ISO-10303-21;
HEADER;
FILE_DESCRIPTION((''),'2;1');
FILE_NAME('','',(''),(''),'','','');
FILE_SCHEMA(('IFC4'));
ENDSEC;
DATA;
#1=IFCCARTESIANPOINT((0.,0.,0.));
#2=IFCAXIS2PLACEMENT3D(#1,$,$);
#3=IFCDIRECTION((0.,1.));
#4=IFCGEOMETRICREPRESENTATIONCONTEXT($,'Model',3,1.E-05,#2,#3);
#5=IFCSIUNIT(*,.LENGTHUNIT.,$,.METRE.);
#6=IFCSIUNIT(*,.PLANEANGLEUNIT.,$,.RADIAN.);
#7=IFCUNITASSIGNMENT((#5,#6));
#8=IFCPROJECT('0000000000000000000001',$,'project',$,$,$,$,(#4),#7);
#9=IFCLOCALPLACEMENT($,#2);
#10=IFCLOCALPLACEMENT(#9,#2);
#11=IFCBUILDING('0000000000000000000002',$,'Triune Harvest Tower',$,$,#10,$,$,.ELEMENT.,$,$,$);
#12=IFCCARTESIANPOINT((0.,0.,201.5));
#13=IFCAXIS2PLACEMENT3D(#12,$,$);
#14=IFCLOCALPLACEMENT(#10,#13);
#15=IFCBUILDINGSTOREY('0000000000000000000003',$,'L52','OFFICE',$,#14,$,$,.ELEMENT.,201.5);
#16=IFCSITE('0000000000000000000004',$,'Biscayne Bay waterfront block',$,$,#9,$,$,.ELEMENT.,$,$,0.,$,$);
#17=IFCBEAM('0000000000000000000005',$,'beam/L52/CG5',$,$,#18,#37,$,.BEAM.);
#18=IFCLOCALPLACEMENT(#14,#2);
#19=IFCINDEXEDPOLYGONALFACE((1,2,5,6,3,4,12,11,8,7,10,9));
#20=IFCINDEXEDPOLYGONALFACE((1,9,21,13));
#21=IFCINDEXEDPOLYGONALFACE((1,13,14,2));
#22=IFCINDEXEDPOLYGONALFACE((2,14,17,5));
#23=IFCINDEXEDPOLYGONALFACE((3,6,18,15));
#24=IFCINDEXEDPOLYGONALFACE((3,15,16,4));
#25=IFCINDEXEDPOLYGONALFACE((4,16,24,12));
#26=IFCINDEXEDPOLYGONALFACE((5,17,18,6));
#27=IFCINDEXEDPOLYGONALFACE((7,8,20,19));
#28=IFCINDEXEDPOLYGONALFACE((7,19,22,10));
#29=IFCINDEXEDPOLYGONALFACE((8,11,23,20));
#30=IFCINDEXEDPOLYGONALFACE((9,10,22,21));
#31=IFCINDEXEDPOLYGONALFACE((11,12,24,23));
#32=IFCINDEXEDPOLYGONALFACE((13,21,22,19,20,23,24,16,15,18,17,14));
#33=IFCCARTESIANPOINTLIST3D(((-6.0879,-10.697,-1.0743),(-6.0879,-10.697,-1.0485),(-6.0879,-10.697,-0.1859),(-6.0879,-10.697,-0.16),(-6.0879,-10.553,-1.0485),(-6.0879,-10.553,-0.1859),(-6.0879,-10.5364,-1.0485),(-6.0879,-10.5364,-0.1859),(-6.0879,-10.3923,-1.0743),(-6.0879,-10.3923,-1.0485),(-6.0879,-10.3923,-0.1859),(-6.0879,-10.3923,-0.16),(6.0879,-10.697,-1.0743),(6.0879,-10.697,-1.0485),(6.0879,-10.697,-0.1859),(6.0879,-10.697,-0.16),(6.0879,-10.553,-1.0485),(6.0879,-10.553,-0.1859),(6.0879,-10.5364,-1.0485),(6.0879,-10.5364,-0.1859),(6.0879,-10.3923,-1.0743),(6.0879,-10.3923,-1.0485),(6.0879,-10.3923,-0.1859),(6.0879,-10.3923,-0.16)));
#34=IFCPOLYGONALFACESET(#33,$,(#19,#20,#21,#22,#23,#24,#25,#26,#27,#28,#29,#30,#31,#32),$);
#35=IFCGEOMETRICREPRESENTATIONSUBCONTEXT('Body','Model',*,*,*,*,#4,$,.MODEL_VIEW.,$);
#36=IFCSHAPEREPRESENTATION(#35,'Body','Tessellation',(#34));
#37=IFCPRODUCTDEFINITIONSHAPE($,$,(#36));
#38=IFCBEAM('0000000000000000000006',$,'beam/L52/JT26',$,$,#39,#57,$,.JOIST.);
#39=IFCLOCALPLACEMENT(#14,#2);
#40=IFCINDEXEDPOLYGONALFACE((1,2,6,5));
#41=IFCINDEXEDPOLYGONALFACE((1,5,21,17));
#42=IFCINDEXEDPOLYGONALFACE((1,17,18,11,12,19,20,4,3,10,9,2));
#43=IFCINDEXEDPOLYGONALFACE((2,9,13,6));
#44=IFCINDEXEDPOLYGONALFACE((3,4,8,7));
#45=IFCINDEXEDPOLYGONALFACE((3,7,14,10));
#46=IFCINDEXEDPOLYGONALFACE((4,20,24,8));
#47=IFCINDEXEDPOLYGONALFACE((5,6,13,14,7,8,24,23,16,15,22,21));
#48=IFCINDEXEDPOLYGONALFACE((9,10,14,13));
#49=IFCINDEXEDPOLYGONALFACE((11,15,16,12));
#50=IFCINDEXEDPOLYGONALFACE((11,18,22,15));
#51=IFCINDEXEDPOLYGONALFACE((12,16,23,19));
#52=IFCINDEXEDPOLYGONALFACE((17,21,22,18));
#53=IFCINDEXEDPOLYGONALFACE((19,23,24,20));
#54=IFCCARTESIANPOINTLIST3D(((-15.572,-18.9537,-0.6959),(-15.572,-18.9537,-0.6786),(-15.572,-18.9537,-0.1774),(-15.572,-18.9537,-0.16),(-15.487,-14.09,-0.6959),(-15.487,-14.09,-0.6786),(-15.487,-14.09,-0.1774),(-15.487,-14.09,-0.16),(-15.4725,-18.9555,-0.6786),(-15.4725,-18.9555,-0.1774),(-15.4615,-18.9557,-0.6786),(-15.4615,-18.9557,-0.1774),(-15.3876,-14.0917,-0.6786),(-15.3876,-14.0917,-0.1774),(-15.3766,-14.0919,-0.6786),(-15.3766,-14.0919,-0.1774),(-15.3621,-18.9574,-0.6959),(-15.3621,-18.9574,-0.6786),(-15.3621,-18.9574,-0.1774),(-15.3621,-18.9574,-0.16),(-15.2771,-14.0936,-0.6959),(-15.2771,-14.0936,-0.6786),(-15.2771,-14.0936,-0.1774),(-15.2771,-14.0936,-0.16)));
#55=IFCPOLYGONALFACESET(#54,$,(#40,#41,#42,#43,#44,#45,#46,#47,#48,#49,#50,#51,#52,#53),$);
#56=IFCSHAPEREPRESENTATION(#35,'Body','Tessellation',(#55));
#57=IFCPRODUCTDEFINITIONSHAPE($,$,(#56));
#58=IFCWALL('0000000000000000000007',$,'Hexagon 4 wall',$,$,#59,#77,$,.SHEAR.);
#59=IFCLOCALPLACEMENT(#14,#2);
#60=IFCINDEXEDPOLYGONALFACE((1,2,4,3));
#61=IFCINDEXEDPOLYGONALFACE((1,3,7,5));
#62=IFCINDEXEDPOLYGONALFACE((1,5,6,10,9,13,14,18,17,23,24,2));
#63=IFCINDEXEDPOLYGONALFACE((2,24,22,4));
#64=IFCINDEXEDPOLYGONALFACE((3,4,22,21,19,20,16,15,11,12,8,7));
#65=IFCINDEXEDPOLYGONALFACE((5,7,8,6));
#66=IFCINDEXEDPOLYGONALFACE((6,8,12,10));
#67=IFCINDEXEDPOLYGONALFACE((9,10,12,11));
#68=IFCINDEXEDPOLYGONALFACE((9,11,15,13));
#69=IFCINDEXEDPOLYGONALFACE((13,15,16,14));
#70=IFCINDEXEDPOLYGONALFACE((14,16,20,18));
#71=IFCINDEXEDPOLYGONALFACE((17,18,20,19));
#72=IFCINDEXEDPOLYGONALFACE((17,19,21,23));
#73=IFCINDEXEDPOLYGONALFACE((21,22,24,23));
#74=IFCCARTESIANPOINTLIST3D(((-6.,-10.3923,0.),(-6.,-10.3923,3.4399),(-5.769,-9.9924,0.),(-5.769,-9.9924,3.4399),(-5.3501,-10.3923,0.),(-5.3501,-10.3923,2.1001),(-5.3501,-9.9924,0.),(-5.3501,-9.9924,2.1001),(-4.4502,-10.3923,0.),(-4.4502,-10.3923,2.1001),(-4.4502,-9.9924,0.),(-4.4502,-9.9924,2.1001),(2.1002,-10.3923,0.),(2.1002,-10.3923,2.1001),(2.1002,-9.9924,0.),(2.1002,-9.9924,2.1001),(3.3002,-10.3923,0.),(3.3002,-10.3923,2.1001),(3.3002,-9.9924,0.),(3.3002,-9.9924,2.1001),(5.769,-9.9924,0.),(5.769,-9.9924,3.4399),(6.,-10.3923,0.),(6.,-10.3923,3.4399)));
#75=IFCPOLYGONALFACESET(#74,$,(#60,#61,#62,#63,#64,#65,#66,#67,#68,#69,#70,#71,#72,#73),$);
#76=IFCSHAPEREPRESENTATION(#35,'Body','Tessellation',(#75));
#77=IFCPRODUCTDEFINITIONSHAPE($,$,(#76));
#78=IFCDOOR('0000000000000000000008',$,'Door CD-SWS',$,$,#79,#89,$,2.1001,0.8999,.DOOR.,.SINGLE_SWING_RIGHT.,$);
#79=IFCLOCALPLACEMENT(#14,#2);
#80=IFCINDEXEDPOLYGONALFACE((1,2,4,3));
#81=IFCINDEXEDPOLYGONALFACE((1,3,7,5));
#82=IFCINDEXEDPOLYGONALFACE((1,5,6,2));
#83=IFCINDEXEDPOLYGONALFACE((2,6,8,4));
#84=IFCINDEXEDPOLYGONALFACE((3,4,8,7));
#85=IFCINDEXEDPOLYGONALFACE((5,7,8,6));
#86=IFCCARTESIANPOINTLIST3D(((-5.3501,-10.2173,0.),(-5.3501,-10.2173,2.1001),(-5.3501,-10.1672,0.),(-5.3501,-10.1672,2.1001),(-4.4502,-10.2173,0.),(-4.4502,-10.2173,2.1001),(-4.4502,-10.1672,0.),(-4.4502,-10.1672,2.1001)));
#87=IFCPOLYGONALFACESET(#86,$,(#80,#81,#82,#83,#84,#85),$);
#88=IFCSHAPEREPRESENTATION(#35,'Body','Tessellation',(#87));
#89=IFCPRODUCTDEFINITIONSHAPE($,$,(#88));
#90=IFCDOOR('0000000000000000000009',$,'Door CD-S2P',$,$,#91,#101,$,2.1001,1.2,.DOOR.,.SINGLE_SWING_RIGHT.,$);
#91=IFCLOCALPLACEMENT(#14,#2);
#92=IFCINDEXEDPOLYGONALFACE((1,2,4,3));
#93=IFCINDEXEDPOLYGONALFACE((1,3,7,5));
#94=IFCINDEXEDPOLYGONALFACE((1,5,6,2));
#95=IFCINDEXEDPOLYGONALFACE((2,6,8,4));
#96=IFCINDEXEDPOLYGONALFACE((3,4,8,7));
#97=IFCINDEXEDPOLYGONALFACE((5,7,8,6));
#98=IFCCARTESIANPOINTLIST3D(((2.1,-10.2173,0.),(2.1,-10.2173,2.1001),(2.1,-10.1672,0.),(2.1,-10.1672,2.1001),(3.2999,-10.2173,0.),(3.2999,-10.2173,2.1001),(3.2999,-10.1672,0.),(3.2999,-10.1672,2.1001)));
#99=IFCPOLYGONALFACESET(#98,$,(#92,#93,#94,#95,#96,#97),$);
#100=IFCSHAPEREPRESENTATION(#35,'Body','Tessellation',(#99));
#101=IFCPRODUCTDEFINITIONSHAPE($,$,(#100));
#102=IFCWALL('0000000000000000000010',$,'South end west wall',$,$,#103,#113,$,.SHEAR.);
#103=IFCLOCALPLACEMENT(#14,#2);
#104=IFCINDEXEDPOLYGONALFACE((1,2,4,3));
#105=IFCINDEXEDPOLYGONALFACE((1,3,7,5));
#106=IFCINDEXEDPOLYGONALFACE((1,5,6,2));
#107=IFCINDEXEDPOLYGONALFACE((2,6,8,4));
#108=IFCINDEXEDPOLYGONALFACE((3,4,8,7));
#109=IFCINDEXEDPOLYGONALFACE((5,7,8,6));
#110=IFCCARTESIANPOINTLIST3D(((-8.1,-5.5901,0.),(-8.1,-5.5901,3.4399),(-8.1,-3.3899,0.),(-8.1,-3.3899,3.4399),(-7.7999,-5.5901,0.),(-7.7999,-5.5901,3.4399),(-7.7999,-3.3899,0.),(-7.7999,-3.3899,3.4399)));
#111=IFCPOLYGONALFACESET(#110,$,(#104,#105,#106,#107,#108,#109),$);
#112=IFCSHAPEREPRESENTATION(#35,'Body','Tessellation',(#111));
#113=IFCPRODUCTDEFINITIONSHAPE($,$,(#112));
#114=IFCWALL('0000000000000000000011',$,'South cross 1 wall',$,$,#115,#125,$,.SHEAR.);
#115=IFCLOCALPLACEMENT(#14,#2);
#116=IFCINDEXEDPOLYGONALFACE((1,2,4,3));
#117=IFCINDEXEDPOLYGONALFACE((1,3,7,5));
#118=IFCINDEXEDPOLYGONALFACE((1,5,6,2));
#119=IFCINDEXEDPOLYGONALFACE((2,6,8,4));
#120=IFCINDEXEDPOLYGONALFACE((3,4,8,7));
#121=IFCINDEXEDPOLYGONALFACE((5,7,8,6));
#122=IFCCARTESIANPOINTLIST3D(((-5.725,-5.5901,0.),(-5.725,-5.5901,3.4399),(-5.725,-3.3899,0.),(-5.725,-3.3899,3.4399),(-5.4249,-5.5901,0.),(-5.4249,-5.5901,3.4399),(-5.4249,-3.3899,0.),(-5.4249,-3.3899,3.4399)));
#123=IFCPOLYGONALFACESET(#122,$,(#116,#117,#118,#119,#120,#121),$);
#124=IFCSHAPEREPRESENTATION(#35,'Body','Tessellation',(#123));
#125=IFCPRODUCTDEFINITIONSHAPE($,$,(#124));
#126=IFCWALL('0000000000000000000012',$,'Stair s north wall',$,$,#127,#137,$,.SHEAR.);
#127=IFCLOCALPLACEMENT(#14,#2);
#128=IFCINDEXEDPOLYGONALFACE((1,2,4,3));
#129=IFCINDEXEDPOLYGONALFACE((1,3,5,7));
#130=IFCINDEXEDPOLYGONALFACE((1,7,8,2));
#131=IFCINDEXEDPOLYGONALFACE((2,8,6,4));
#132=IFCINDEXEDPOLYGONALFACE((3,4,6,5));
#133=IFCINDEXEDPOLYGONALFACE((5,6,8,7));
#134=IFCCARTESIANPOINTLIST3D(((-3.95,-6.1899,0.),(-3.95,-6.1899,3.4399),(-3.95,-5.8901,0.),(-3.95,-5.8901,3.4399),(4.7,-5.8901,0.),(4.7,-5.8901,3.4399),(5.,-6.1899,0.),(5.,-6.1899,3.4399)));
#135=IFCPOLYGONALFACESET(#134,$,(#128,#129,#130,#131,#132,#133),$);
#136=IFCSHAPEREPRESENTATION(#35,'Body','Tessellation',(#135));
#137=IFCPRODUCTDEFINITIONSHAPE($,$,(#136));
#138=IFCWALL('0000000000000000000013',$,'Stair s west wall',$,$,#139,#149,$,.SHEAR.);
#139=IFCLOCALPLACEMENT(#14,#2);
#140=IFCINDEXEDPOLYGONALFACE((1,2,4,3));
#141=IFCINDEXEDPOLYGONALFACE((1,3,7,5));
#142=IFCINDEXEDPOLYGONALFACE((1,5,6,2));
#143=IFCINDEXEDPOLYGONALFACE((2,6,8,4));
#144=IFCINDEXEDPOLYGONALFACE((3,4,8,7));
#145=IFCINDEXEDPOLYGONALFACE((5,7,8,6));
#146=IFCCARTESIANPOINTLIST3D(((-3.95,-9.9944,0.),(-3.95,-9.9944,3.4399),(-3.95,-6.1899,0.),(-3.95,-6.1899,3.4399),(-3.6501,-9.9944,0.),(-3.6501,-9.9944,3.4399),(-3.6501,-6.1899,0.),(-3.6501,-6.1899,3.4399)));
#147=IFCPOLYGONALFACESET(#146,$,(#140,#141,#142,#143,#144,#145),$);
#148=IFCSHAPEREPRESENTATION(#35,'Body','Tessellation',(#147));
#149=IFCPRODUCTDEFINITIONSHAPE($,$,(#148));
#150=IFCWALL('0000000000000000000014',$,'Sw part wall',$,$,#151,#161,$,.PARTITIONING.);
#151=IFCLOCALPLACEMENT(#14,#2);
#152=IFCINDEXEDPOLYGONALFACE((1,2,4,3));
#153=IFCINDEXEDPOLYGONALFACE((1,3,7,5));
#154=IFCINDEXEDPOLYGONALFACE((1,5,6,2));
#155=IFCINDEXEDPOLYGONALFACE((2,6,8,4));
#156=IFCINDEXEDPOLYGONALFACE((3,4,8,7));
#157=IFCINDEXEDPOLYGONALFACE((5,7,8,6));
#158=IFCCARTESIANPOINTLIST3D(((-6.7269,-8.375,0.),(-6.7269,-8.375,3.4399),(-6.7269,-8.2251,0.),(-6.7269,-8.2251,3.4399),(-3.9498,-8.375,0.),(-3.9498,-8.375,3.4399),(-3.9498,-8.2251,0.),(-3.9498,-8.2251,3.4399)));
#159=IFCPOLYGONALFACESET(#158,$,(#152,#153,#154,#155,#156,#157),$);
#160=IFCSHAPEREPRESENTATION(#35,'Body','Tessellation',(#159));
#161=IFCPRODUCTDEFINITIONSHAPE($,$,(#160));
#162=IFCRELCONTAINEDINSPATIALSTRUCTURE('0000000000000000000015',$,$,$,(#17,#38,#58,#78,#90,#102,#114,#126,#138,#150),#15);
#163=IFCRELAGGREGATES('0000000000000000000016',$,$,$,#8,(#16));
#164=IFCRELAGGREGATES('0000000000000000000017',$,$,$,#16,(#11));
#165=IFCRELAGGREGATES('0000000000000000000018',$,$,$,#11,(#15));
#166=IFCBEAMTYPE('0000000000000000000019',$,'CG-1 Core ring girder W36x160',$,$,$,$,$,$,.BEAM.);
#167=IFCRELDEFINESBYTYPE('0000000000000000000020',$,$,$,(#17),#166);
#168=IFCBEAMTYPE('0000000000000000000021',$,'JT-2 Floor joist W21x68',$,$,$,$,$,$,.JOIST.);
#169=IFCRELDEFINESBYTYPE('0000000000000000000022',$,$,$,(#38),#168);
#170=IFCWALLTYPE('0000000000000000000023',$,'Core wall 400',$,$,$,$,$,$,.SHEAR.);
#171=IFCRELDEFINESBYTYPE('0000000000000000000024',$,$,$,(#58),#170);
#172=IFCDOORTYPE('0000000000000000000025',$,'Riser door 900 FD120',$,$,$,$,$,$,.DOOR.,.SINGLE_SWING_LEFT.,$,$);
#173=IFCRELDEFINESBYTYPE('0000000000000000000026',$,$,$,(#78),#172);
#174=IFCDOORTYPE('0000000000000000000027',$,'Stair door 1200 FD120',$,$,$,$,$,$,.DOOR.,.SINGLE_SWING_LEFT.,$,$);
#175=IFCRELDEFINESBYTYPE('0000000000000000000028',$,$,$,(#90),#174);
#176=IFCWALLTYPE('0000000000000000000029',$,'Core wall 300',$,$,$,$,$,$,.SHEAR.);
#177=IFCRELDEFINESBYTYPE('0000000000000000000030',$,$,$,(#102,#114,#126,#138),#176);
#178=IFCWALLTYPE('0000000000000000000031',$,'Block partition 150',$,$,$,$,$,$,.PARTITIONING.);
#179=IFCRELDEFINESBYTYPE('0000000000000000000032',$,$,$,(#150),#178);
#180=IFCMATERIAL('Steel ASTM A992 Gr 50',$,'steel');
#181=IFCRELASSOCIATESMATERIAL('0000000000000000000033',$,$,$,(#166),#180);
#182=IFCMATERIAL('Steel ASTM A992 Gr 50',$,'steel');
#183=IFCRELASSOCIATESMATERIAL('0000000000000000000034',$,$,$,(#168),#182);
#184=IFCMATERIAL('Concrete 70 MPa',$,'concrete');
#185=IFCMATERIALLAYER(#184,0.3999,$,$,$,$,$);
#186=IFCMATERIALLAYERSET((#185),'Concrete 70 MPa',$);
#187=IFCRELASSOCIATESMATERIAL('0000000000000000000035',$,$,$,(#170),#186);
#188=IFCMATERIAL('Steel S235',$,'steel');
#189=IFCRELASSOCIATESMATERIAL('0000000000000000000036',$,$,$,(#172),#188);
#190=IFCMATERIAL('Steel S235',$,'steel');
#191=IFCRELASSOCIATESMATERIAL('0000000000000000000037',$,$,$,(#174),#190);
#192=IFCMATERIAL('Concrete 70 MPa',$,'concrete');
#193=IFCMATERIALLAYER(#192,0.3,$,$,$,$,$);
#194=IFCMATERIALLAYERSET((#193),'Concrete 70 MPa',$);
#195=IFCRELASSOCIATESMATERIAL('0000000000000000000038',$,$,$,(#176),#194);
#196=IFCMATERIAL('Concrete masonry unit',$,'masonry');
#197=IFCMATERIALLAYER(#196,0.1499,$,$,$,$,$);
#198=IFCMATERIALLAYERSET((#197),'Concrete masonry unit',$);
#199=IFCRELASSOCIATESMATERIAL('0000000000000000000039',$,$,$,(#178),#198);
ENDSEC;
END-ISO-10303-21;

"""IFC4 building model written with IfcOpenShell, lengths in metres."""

from ifc_helpers import new_model, si_unit, direction, frame, frame_2d, origin, origin_2d, place, context, subcontext, project, spatial, polyline, rectangle, i_section, outline, extrude, source, transform, mapped, material, layer, layer_set, material_profile, profile_set, type_object, element, fill, save


model = new_model("IFC4")

# Units and contexts
model_context = context("Model", 3, precision=1e-05, world=origin(), true_north=direction((0.0, 1.0)))
body_context = subcontext(model_context, "Body", "Model", "MODEL_VIEW")
ifc_project = project(units=[si_unit("LENGTHUNIT", "METRE"), si_unit("PLANEANGLEUNIT", "RADIAN")], contexts=[model_context])

# Site, building, storey
site_placement = place(None, origin())
site = spatial("IfcSite", under=ifc_project, at=site_placement, Name="Biscayne Bay waterfront block", CompositionType="ELEMENT", RefElevation=0.0)
building_placement = place(site_placement, origin())
building = spatial("IfcBuilding", under=site, at=building_placement, Name="Triune Harvest Tower", CompositionType="ELEMENT")
storey_placement = place(building_placement, frame((0.0, 0.0, 201.5)))
storey = spatial("IfcBuildingStorey", under=building, at=storey_placement, Name="L52", Description="OFFICE", CompositionType="ELEMENT", Elevation=201.5)

# Beams
ifc_material_1 = material(Name="Steel ASTM A992 Gr 50", Category="steel")
ifc_material_profile_1 = material_profile(ifc_material_1, i_section(OverallWidth=0.3047, OverallDepth=0.9143, WebThickness=0.0166, FlangeThickness=0.0259, at=origin_2d()), Name="W36x160")
ifc_profile_set_1 = profile_set([ifc_material_profile_1], Name="Steel ASTM A992 Gr 50")
beam_type_1 = type_object("IfcBeamType", Name="CG-1 Core ring girder W36x160", PredefinedType="BEAM", material=ifc_profile_set_1)
shared_shape_1 = source(origin(), body_context, "Body", "SweptSolid", [
    extrude(i_section(OverallWidth=0.3047, OverallDepth=0.9143, WebThickness=0.0166, FlangeThickness=0.0259, at=origin_2d()), origin(), (0.0, 0.0, 1.0), 12.1758),
])
beam_1_placement = place(storey_placement, frame((-6.0879, -10.5447, -0.6172), z_axis=(1.0, 0.0, 0.0), x_axis=(0.0, 1.0, 0.0)))
element("IfcBeam", 1, at=beam_1_placement, inside=storey, type_object=beam_type_1, Name="beam/L52/CG5", PredefinedType="BEAM", context=body_context, shape_type="MappedRepresentation", body=[
    mapped(shared_shape_1, transform((0.0, 0.0, 0.0), scale=1.0)),
])
ifc_material_2 = material(Name="Steel ASTM A992 Gr 50", Category="steel")
ifc_material_profile_2 = material_profile(ifc_material_2, i_section(OverallWidth=0.21, OverallDepth=0.5359, WebThickness=0.011, FlangeThickness=0.0173, at=origin_2d()), Name="W21x68")
ifc_profile_set_2 = profile_set([ifc_material_profile_2], Name="Steel ASTM A992 Gr 50")
beam_type_2 = type_object("IfcBeamType", Name="JT-2 Floor joist W21x68", PredefinedType="JOIST", material=ifc_profile_set_2)
shared_shape_2 = source(origin(), body_context, "Body", "SweptSolid", [
    extrude(i_section(OverallWidth=0.21, OverallDepth=0.5359, WebThickness=0.011, FlangeThickness=0.0173, at=origin_2d()), origin(), (0.0, 0.0, 1.0), 4.8645),
])
beam_2_placement = place(storey_placement, frame((-15.467, -18.9556, -0.428), z_axis=(0.017465, 0.999847, 0.0), x_axis=(-0.999847, 0.017465, 0.0)))
element("IfcBeam", 2, at=beam_2_placement, inside=storey, type_object=beam_type_2, Name="beam/L52/JT26", PredefinedType="JOIST", context=body_context, shape_type="MappedRepresentation", body=[
    mapped(shared_shape_2, transform((0.0, 0.0, 0.0), scale=1.0)),
])

# Wall, openings, doors
ifc_material_3 = material(Name="Concrete 70 MPa", Category="concrete")
ifc_layer_1 = layer(ifc_material_3, 0.3999)
ifc_layer_set_1 = layer_set([ifc_layer_1], Name="Concrete 70 MPa")
wall_type_1 = type_object("IfcWallType", Name="Core wall 400", PredefinedType="SHEAR", material=ifc_layer_set_1)
shared_shape_3 = source(origin(), body_context, "Body", "SweptSolid", [
    extrude(outline(polyline([(-0.1155, -0.2), (11.8845, -0.2), (11.6536, 0.2), (0.1155, 0.2), (-0.1155, -0.2)])), origin(), (0.0, 0.0, 1.0), 3.4399),
])
wall_1_placement = place(storey_placement, frame((-5.8845, -10.1924, 0.0), z_axis=(0.0, 0.0, 1.0), x_axis=(1.0, 0.0, 0.0)))
wall_1 = element("IfcWall", 3, at=wall_1_placement, inside=storey, type_object=wall_type_1, Name="Hexagon 4 wall", PredefinedType="SHEAR", context=body_context, shape_type="MappedRepresentation", body=[
    mapped(shared_shape_3, transform((0.0, 0.0, 0.0), scale=1.0)),
])
opening_1_placement = place(wall_1_placement, frame((7.9846, 0.0, 0.0)))
opening_1 = element("IfcOpeningElement", 4, at=opening_1_placement, cuts=wall_1, PredefinedType="OPENING", context=body_context, shape_type="SweptSolid", body=[
    extrude(rectangle(XDim=1.2, YDim=2.1001, at=frame_2d((0.6001, 1.05))), frame((0.0, 0.21, 0.0), z_axis=(0.0, -1.0, 0.0), x_axis=(1.0, 0.0, 0.0)), (0.0, 0.0, 1.0), 0.4199),
])
opening_2_placement = place(wall_1_placement, frame((0.5344, 0.0, 0.0)))
opening_2 = element("IfcOpeningElement", 5, at=opening_2_placement, cuts=wall_1, PredefinedType="OPENING", context=body_context, shape_type="SweptSolid", body=[
    extrude(rectangle(XDim=0.8999, YDim=2.1001, at=frame_2d((0.45, 1.05))), frame((0.0, 0.21, 0.0), z_axis=(0.0, -1.0, 0.0), x_axis=(1.0, 0.0, 0.0)), (0.0, 0.0, 1.0), 0.4199),
])
ifc_material_4 = material(Name="Steel S235", Category="steel")
door_type_1 = type_object("IfcDoorType", Name="Riser door 900 FD120", OperationType="SINGLE_SWING_LEFT", PredefinedType="DOOR", material=ifc_material_4)
door_1_placement = place(opening_2_placement, frame((0.8999, 0.0, 0.0), z_axis=(0.0, 0.0, 1.0), x_axis=(-1.0, 0.0, 0.0)))
door_1 = element("IfcDoor", 6, at=door_1_placement, inside=storey, type_object=door_type_1, Name="Door CD-SWS", OperationType="SINGLE_SWING_RIGHT", OverallHeight=2.1001, OverallWidth=0.8999, PredefinedType="DOOR", context=body_context, shape_type="SweptSolid", body=[
    extrude(rectangle(XDim=0.8999, YDim=2.1001, at=frame_2d((0.45, 1.05))), frame((0.0, 0.0249, 0.0), z_axis=(0.0, -1.0, 0.0), x_axis=(1.0, 0.0, 0.0)), (0.0, 0.0, 1.0), 0.05),
])
fill(opening_2, door_1)
ifc_material_5 = material(Name="Steel S235", Category="steel")
door_type_2 = type_object("IfcDoorType", Name="Stair door 1200 FD120", OperationType="SINGLE_SWING_LEFT", PredefinedType="DOOR", material=ifc_material_5)
door_2_placement = place(opening_1_placement, frame((1.2, 0.0, 0.0), z_axis=(0.0, 0.0, 1.0), x_axis=(-1.0, 0.0, 0.0)))
door_2 = element("IfcDoor", 7, at=door_2_placement, inside=storey, type_object=door_type_2, Name="Door CD-S2P", OperationType="SINGLE_SWING_RIGHT", OverallHeight=2.1001, OverallWidth=1.2, PredefinedType="DOOR", context=body_context, shape_type="SweptSolid", body=[
    extrude(rectangle(XDim=1.2, YDim=2.1001, at=frame_2d((0.6001, 1.05))), frame((0.0, 0.0249, 0.0), z_axis=(0.0, -1.0, 0.0), x_axis=(1.0, 0.0, 0.0)), (0.0, 0.0, 1.0), 0.05),
])
fill(opening_1, door_2)

# Walls
ifc_material_6 = material(Name="Concrete 70 MPa", Category="concrete")
ifc_layer_2 = layer(ifc_material_6, 0.3)
ifc_layer_set_2 = layer_set([ifc_layer_2], Name="Concrete 70 MPa")
wall_type_2 = type_object("IfcWallType", Name="Core wall 300", PredefinedType="SHEAR", material=ifc_layer_set_2)
shared_shape_4 = source(origin(), body_context, "Body", "SweptSolid", [
    extrude(rectangle(XDim=2.2002, YDim=0.3, at=frame_2d((1.1001, 0.0))), origin(), (0.0, 0.0, 1.0), 3.4399),
])
for number, where, z_axis, x_axis, name in (
    (8, (-7.95, -5.5901, 0.0), (0.0, 0.0, 1.0), (0.0, 1.0, 0.0), "South end west wall"),
    (9, (-5.575, -5.5901, 0.0), (0.0, 0.0, 1.0), (0.0, 1.0, 0.0), "South cross 1 wall"),
):
    element("IfcWall", number, at=place(storey_placement, frame(where, z_axis=z_axis, x_axis=x_axis)), inside=storey, type_object=wall_type_2, Name=name, PredefinedType="SHEAR", context=body_context, shape_type="MappedRepresentation", body=[
        mapped(shared_shape_4, transform((0.0, 0.0, 0.0), scale=1.0)),
    ])
shared_shape_5 = source(origin(), body_context, "Body", "SweptSolid", [
    extrude(outline(polyline([(0.0, -0.1499), (8.95, -0.1499), (8.6499, 0.1499), (0.0, 0.1499), (0.0, -0.1499)])), origin(), (0.0, 0.0, 1.0), 3.4399),
])
wall_2_placement = place(storey_placement, frame((-3.95, -6.04, 0.0), z_axis=(0.0, 0.0, 1.0), x_axis=(1.0, 0.0, 0.0)))
element("IfcWall", 10, at=wall_2_placement, inside=storey, type_object=wall_type_2, Name="Stair s north wall", PredefinedType="SHEAR", context=body_context, shape_type="MappedRepresentation", body=[
    mapped(shared_shape_5, transform((0.0, 0.0, 0.0), scale=1.0)),
])
shared_shape_6 = source(origin(), body_context, "Body", "SweptSolid", [
    extrude(outline(polyline([(3.8, -0.1499), (-0.0044, -0.1499), (-0.0044, 0.1499), (3.8, 0.1499), (3.8, -0.1499)])), origin(), (0.0, 0.0, 1.0), 3.4399),
])
wall_3_placement = place(storey_placement, frame((-3.8, -9.99, 0.0), z_axis=(0.0, 0.0, 1.0), x_axis=(0.0, 1.0, 0.0)))
element("IfcWall", 11, at=wall_3_placement, inside=storey, type_object=wall_type_2, Name="Stair s west wall", PredefinedType="SHEAR", context=body_context, shape_type="MappedRepresentation", body=[
    mapped(shared_shape_6, transform((0.0, 0.0, 0.0), scale=1.0)),
])
ifc_material_7 = material(Name="Concrete masonry unit", Category="masonry")
ifc_layer_3 = layer(ifc_material_7, 0.1499)
ifc_layer_set_3 = layer_set([ifc_layer_3], Name="Concrete masonry unit")
wall_type_3 = type_object("IfcWallType", Name="Block partition 150", PredefinedType="PARTITIONING", material=ifc_layer_set_3)
shared_shape_7 = source(origin(), body_context, "Body", "SweptSolid", [
    extrude(rectangle(XDim=2.7771, YDim=0.1499, at=frame_2d((1.3887, 0.0))), origin(), (0.0, 0.0, 1.0), 3.4399),
])
wall_4_placement = place(storey_placement, frame((-6.7271, -8.3, 0.0), z_axis=(0.0, 0.0, 1.0), x_axis=(1.0, 0.0, 0.0)))
element("IfcWall", 12, at=wall_4_placement, inside=storey, type_object=wall_type_3, Name="Sw part wall", PredefinedType="PARTITIONING", context=body_context, shape_type="MappedRepresentation", body=[
    mapped(shared_shape_7, transform((0.0, 0.0, 0.0), scale=1.0)),
])

save(model, "model.ifc")
